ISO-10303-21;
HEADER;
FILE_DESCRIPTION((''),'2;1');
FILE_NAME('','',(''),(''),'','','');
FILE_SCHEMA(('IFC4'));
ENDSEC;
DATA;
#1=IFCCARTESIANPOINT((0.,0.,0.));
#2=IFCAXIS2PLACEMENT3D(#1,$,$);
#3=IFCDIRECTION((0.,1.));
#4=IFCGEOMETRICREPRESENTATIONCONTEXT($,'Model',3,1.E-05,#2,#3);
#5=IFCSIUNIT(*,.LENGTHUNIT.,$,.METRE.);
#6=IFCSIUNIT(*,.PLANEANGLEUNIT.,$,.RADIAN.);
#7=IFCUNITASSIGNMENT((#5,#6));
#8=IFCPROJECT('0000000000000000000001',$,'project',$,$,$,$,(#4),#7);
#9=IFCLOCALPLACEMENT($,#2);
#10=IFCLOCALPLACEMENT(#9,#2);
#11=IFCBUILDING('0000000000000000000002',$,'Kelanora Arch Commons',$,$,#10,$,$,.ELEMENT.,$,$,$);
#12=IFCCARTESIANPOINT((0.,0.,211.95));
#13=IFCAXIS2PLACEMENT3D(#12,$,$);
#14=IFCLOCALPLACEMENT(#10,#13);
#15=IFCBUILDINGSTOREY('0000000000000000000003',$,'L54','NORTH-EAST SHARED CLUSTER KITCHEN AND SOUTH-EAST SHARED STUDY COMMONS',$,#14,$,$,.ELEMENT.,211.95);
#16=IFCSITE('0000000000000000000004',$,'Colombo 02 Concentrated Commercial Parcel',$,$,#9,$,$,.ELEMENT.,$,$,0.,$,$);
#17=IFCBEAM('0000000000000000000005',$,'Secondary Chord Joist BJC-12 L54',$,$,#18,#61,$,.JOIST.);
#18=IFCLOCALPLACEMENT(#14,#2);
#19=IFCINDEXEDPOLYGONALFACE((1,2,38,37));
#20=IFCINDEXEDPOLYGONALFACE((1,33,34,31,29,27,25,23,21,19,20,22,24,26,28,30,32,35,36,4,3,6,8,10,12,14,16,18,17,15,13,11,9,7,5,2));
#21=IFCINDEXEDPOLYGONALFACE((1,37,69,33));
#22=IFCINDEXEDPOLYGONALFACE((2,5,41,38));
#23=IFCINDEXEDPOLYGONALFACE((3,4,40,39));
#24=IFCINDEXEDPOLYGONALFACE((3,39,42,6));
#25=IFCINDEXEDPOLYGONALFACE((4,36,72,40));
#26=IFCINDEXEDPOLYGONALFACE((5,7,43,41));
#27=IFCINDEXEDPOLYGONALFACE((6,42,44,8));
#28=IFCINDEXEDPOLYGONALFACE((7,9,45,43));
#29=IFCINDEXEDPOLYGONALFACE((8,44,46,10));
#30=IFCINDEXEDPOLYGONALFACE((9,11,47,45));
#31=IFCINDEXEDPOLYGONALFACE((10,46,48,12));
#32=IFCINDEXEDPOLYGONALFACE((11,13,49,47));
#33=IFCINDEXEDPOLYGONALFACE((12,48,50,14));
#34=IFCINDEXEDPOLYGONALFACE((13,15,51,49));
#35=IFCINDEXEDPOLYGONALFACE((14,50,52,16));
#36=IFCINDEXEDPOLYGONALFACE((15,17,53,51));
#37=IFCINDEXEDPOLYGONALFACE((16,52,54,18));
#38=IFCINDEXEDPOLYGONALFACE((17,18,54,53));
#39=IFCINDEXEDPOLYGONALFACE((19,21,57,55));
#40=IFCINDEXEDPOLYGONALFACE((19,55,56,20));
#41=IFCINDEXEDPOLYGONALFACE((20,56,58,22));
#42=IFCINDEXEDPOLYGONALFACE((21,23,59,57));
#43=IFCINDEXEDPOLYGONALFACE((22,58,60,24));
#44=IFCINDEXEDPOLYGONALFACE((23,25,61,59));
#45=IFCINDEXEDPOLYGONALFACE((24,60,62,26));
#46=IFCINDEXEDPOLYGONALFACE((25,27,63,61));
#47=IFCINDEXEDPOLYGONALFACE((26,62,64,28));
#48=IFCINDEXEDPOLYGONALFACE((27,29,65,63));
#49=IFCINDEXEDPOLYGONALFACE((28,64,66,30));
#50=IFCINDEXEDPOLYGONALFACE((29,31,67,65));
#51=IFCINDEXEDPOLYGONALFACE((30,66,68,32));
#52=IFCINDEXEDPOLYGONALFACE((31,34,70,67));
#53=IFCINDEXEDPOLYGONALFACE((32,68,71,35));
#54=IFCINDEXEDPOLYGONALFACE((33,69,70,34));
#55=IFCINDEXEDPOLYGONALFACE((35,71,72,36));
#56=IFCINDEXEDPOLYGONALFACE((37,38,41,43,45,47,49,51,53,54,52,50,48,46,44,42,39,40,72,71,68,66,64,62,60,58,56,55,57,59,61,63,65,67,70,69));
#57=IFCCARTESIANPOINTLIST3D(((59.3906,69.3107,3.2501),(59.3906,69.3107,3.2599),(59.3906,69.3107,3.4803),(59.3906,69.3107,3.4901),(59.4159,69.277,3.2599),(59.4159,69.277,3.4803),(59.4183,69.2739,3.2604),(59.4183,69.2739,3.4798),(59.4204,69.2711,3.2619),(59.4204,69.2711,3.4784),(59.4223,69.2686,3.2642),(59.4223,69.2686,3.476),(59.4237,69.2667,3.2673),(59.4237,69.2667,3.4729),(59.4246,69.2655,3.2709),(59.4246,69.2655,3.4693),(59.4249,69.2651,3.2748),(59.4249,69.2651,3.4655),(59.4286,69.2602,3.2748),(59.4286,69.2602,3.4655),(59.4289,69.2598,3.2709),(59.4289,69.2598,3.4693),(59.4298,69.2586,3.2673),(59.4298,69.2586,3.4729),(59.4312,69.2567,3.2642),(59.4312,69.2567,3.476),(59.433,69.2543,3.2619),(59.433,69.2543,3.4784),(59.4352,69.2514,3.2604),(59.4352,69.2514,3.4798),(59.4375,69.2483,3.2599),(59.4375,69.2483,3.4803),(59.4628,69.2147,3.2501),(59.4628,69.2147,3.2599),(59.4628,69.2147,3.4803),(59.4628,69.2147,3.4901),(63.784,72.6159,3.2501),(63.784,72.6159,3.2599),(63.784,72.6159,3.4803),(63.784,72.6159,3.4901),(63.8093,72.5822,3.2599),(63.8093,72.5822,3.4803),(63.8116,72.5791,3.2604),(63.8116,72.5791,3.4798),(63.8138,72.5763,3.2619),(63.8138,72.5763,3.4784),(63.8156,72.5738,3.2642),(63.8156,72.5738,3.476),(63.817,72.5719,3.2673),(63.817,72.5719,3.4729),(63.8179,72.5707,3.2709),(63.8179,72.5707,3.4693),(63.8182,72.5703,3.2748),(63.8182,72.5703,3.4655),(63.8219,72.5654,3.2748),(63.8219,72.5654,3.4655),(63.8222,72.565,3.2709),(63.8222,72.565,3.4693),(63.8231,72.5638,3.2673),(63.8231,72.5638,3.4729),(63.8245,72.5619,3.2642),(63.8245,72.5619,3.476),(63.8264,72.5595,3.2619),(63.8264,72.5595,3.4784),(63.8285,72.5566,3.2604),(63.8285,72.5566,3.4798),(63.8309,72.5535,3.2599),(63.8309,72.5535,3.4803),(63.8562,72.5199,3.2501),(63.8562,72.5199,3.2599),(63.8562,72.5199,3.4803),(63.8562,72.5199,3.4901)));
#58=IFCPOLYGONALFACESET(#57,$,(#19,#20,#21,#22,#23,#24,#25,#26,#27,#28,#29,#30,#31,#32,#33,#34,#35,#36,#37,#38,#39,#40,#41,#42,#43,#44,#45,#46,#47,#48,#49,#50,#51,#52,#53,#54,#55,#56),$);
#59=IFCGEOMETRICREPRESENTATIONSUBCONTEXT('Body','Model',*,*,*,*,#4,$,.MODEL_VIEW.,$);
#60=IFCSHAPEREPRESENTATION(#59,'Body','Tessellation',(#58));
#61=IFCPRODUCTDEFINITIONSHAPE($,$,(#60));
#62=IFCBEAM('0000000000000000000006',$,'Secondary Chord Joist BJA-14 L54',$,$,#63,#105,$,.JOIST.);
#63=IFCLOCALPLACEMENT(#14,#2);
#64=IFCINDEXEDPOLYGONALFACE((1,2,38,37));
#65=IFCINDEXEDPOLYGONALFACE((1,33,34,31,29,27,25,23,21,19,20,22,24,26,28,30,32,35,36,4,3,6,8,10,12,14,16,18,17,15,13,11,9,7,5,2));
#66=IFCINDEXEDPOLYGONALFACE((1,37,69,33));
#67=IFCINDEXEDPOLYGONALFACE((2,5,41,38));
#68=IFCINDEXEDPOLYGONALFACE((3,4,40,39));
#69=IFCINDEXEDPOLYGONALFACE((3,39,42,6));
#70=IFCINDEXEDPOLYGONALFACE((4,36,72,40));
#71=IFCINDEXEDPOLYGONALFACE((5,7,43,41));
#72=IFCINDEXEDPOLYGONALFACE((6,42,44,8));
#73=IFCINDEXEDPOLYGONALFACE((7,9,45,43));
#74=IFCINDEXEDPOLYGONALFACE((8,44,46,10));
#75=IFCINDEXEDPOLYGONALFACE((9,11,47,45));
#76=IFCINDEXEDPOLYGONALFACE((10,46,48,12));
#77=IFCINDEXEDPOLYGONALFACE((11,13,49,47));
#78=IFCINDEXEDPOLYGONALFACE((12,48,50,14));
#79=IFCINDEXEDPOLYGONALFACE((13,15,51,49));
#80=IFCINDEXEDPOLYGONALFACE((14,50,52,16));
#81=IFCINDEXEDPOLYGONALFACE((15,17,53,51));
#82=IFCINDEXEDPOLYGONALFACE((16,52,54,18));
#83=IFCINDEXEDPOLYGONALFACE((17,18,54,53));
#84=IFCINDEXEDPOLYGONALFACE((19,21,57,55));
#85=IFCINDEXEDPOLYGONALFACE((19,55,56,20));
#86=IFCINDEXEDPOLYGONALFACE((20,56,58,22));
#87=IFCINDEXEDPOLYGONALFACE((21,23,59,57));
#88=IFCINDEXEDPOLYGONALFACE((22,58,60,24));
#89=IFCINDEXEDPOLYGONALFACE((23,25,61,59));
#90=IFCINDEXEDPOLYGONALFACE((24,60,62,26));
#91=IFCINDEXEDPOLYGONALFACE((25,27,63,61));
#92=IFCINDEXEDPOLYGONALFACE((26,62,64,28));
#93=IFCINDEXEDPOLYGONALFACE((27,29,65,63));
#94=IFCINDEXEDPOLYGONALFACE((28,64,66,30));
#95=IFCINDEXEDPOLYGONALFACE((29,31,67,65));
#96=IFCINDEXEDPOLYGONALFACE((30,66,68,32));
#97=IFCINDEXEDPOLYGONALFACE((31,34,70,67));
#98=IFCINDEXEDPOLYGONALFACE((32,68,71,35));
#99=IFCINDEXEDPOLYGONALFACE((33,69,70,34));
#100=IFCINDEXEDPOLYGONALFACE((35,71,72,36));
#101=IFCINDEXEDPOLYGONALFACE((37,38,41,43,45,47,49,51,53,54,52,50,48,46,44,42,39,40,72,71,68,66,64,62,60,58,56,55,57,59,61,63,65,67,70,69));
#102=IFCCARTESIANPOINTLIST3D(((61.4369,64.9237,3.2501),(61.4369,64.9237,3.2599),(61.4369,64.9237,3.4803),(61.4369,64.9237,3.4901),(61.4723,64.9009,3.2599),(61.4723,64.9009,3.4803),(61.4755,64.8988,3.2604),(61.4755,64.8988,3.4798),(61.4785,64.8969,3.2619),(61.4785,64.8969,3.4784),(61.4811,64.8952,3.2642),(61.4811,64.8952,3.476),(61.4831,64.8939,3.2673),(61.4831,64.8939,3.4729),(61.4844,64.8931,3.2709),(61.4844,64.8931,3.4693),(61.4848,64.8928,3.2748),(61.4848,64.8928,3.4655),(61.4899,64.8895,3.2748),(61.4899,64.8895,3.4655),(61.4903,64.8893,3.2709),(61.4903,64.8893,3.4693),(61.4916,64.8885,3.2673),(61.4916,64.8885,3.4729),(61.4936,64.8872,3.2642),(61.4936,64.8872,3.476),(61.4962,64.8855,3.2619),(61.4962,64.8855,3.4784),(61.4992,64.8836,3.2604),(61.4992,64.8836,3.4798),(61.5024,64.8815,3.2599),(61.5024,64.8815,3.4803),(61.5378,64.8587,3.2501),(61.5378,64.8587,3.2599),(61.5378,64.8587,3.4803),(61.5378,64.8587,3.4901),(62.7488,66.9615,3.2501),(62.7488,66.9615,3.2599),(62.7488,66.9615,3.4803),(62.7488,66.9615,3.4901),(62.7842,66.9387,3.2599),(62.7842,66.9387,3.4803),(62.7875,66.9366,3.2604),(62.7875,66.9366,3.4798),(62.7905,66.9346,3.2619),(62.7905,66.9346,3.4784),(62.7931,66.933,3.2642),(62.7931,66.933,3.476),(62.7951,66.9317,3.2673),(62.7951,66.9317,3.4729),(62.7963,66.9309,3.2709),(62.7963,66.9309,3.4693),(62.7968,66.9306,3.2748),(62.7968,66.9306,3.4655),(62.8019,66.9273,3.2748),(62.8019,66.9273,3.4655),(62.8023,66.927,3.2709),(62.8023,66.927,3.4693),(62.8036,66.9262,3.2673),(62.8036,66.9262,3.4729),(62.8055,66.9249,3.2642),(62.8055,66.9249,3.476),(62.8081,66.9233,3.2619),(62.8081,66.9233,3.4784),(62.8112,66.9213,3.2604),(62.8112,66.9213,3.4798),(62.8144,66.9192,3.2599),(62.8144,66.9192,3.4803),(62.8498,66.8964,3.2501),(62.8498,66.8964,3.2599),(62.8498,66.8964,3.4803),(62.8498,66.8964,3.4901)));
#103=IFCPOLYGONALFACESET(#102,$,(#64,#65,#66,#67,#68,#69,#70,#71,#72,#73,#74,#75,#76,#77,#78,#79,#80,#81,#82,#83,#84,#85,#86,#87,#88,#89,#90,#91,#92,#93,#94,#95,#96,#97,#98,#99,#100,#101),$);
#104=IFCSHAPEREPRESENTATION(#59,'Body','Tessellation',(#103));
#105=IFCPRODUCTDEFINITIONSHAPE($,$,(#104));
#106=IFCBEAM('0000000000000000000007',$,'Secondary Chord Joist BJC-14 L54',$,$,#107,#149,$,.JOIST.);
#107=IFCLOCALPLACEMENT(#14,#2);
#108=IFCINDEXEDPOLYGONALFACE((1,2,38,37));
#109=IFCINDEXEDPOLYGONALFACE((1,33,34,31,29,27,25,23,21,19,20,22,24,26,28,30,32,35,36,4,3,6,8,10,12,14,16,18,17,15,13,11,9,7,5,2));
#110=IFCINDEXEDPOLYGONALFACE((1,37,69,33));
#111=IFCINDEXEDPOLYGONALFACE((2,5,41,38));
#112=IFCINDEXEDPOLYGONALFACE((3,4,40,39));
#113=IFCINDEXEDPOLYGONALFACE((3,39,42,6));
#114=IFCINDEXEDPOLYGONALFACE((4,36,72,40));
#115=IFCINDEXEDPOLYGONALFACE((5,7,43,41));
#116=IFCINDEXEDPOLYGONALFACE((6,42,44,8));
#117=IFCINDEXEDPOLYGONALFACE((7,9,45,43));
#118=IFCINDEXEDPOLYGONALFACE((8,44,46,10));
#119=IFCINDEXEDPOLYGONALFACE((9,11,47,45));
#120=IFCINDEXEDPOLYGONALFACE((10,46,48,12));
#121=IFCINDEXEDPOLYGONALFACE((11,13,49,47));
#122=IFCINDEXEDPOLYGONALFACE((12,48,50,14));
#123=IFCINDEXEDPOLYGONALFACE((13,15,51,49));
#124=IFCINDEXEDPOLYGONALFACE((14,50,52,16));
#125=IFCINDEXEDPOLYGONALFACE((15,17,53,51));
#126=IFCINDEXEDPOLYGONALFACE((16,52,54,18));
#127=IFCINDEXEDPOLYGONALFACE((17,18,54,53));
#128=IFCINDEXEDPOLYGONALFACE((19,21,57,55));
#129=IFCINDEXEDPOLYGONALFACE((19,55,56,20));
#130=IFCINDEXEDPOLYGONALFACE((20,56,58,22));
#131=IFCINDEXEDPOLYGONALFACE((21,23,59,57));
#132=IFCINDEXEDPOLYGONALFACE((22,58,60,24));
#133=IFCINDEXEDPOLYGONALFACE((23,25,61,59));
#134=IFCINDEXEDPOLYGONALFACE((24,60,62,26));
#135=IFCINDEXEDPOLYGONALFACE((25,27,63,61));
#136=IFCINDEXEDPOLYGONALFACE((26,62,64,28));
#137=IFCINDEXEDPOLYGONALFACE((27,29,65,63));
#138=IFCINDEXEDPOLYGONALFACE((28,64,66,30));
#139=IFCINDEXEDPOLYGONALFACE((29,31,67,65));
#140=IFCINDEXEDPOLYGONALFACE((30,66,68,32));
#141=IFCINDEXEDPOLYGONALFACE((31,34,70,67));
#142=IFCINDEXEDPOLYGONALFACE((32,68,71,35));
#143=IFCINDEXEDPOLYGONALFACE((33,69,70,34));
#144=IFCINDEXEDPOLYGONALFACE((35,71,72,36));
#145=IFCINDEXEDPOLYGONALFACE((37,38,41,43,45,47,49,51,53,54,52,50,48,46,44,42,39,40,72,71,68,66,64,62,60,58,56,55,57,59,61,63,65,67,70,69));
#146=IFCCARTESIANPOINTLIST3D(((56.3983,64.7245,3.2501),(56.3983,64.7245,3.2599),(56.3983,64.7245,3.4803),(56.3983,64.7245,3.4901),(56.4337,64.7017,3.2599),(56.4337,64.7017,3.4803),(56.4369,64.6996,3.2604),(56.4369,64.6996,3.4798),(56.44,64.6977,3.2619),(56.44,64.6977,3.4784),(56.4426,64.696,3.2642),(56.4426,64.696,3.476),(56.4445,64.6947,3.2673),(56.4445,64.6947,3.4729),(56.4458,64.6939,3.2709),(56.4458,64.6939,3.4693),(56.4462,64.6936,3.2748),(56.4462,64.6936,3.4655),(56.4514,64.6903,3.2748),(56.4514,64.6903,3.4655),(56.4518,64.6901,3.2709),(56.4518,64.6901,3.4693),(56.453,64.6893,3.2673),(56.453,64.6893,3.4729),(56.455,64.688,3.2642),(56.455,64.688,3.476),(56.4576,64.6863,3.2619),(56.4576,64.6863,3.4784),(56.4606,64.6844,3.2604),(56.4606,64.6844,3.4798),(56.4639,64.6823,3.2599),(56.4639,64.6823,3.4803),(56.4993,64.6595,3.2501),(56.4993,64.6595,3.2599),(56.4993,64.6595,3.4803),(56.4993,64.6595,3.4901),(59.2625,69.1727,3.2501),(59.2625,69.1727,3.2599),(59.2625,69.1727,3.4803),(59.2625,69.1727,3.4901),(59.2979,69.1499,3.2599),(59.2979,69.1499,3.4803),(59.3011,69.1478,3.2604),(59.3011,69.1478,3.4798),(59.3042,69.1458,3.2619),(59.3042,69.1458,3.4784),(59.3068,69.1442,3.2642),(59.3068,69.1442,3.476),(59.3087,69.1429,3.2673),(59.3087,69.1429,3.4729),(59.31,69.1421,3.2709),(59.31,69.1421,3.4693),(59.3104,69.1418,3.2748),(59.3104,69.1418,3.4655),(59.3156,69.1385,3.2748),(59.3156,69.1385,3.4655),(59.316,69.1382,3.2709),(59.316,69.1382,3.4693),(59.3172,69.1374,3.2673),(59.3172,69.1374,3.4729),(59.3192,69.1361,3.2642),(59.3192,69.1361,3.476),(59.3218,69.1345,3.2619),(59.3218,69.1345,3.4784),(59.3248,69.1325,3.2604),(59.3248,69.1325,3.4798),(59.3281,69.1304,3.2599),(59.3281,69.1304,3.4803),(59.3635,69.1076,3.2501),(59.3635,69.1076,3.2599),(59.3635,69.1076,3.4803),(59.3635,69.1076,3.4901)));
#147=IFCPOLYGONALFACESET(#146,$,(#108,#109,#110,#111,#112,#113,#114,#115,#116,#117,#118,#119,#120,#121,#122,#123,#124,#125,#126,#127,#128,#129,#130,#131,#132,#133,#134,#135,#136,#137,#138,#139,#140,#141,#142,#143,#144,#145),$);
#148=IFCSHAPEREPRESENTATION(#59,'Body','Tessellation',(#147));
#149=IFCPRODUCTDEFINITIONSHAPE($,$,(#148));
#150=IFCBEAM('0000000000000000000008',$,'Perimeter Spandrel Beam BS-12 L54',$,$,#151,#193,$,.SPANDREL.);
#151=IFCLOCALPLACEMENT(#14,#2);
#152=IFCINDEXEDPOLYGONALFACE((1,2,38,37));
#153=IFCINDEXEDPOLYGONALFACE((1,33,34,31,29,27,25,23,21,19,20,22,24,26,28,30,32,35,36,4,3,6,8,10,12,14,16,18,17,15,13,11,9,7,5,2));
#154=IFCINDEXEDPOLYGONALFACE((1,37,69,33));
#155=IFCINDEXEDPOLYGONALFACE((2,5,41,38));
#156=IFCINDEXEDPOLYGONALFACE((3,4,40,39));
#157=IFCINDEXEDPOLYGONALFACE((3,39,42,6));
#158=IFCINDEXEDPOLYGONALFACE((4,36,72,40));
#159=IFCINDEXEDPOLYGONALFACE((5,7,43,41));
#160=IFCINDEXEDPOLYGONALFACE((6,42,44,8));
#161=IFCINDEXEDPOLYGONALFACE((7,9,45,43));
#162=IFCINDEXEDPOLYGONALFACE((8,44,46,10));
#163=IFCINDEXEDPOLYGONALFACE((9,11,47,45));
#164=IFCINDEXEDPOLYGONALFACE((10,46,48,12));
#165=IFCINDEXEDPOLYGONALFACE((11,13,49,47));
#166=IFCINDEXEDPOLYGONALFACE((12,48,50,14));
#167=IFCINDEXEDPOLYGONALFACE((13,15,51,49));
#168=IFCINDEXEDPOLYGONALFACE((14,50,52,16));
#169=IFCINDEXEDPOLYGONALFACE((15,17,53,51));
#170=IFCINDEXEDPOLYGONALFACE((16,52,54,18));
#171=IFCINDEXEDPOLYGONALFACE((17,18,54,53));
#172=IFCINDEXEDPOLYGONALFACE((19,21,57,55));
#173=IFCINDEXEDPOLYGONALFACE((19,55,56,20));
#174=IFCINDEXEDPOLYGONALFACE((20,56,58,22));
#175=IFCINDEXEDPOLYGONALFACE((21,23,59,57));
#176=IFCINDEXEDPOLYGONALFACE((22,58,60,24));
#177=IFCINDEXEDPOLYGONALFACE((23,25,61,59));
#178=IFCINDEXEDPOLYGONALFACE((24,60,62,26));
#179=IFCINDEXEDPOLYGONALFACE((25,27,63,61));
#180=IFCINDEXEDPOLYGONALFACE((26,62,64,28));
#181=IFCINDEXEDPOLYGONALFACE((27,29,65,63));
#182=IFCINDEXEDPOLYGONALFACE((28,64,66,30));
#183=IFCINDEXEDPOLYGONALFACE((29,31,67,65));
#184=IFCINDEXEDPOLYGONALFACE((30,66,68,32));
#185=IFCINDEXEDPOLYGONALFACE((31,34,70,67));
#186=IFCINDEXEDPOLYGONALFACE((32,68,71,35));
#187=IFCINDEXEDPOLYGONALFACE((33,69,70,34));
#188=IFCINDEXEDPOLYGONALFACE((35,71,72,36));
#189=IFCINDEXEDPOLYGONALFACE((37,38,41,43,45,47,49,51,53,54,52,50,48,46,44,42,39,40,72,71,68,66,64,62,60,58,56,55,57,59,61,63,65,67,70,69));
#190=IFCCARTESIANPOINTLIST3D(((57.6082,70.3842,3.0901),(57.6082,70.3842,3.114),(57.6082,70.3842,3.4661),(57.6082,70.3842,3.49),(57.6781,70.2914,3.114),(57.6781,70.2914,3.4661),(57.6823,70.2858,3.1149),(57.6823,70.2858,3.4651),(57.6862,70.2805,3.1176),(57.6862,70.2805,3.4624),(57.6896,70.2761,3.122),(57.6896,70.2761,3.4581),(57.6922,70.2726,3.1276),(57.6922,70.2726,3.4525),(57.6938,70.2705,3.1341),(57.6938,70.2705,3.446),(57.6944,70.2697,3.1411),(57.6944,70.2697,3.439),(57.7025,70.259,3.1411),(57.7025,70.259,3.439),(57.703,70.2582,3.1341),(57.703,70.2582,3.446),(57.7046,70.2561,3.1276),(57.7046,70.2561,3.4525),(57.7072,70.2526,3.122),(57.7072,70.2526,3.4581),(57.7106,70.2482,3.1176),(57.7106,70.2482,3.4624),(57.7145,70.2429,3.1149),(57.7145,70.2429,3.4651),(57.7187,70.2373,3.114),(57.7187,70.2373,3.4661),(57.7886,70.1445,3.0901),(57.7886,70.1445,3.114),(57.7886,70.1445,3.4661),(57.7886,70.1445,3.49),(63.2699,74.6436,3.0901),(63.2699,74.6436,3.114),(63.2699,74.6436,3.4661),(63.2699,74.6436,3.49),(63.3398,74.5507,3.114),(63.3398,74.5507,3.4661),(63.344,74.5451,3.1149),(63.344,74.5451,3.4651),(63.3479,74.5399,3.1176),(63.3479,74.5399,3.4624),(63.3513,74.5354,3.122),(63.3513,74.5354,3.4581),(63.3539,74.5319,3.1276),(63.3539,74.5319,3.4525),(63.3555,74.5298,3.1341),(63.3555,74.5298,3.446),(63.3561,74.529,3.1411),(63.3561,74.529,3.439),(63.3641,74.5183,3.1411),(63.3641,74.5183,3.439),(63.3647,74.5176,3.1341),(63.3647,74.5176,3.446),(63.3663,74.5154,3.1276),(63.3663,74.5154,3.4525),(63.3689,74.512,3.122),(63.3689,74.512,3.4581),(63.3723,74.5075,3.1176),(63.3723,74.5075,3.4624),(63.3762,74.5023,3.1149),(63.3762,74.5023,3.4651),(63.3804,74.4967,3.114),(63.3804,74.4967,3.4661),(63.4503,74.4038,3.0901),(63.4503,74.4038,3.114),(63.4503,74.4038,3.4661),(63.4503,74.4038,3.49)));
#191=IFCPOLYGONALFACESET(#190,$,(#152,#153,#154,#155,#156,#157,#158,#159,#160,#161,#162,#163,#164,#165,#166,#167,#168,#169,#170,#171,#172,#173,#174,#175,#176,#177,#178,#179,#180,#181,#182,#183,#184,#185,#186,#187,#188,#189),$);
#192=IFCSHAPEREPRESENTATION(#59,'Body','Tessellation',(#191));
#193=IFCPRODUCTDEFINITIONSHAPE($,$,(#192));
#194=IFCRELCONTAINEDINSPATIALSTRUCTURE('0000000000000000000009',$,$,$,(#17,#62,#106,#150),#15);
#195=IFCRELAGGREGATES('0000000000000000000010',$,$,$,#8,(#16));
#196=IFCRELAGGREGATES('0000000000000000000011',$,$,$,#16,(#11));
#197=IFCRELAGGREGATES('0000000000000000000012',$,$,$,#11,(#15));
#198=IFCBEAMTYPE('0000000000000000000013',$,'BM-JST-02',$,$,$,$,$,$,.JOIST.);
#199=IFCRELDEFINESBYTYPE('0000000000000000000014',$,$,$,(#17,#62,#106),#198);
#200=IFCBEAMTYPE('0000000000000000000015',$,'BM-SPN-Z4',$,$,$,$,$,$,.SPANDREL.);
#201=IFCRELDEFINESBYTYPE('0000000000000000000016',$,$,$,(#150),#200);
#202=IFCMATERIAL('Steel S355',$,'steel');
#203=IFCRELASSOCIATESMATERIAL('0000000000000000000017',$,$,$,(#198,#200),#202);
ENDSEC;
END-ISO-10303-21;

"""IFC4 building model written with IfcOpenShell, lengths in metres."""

from ifc_helpers import new_model, si_unit, direction, frame, origin, origin_2d, place, context, subcontext, project, spatial, i_section, extrude, material, material_profile, profile_set, type_object, element, save


model = new_model("IFC4")

# Units and contexts
model_context = context("Model", 3, precision=1e-05, world=origin(), true_north=direction((0.0, 1.0)))
body_context = subcontext(model_context, "Body", "Model", "MODEL_VIEW")
ifc_project = project(units=[si_unit("LENGTHUNIT", "METRE"), si_unit("PLANEANGLEUNIT", "RADIAN")], contexts=[model_context])

# Site, building, storey
site_placement = place(None, origin())
site = spatial("IfcSite", under=ifc_project, at=site_placement, Name="Colombo 02 Concentrated Commercial Parcel", CompositionType="ELEMENT", RefElevation=0.0)
building_placement = place(site_placement, origin())
building = spatial("IfcBuilding", under=site, at=building_placement, Name="Kelanora Arch Commons", CompositionType="ELEMENT")
storey_placement = place(building_placement, frame((0.0, 0.0, 211.95)))
storey = spatial("IfcBuildingStorey", under=building, at=storey_placement, Name="L54", Description="NORTH-EAST SHARED CLUSTER KITCHEN AND SOUTH-EAST SHARED STUDY COMMONS", CompositionType="ELEMENT", Elevation=211.95)

# Beams
ifc_material_1 = material(Name="Steel S355", Category="steel")
ifc_material_profile_1 = material_profile(ifc_material_1, i_section(OverallWidth=0.1201, OverallDepth=0.24, WebThickness=0.0061, FlangeThickness=0.0098, FilletRadius=0.0149, at=origin_2d()), Name="IPE240")
ifc_profile_set_1 = profile_set([ifc_material_profile_1], Name="Steel S355")
beam_type_1 = type_object("IfcBeamType", Name="BM-JST-02", PredefinedType="JOIST", material=ifc_profile_set_1)
beam_1_placement = place(storey_placement, frame((63.8201, 72.5679, 3.3701), z_axis=(-0.799109, -0.601186, 0.0), x_axis=(0.601186, -0.799109, 0.0)))
element("IfcBeam", 1, at=beam_1_placement, inside=storey, type_object=beam_type_1, Name="Secondary Chord Joist BJC-12 L54", PredefinedType="JOIST", context=body_context, shape_type="SweptSolid", body=[
    extrude(i_section(OverallWidth=0.1201, OverallDepth=0.24, WebThickness=0.0061, FlangeThickness=0.0098, FilletRadius=0.0149, at=origin_2d()), origin(), (0.0, 0.0, 1.0), 5.4978),
])
beam_2_placement = place(storey_placement, frame((62.7993, 66.929, 3.3701), z_axis=(-0.541333, -0.840808, 0.0), x_axis=(0.840808, -0.541333, 0.0)))
element("IfcBeam", 2, at=beam_2_placement, inside=storey, type_object=beam_type_1, Name="Secondary Chord Joist BJA-14 L54", PredefinedType="JOIST", context=body_context, shape_type="SweptSolid", body=[
    extrude(i_section(OverallWidth=0.1201, OverallDepth=0.24, WebThickness=0.0061, FlangeThickness=0.0098, FilletRadius=0.0149, at=origin_2d()), origin(), (0.0, 0.0, 1.0), 2.4236),
])
beam_3_placement = place(storey_placement, frame((59.313, 69.1401, 3.3701), z_axis=(-0.541382, -0.840776, 0.0), x_axis=(0.840776, -0.541382, 0.0)))
element("IfcBeam", 3, at=beam_3_placement, inside=storey, type_object=beam_type_1, Name="Secondary Chord Joist BJC-14 L54", PredefinedType="JOIST", context=body_context, shape_type="SweptSolid", body=[
    extrude(i_section(OverallWidth=0.1201, OverallDepth=0.24, WebThickness=0.0061, FlangeThickness=0.0098, FilletRadius=0.0149, at=origin_2d()), origin(), (0.0, 0.0, 1.0), 5.2905),
])
ifc_material_profile_2 = material_profile(ifc_material_1, i_section(OverallWidth=0.3, OverallDepth=0.3999, WebThickness=0.0134, FlangeThickness=0.0239, FilletRadius=0.0271, at=origin_2d()), Name="HEB400")
ifc_profile_set_2 = profile_set([ifc_material_profile_2], Name="Steel S355")
beam_type_2 = type_object("IfcBeamType", Name="BM-SPN-Z4", PredefinedType="SPANDREL", material=ifc_profile_set_2)
beam_4_placement = place(storey_placement, frame((63.3601, 74.5237, 3.29), z_axis=(-0.799114, -0.601179, 0.0), x_axis=(0.601179, -0.799114, 0.0)))
element("IfcBeam", 4, at=beam_4_placement, inside=storey, type_object=beam_type_2, Name="Perimeter Spandrel Beam BS-12 L54", PredefinedType="SPANDREL", context=body_context, shape_type="SweptSolid", body=[
    extrude(i_section(OverallWidth=0.3, OverallDepth=0.3999, WebThickness=0.0134, FlangeThickness=0.0239, FilletRadius=0.0271, at=origin_2d()), origin(), (0.0, 0.0, 1.0), 7.085),
])

save(model, "model.ifc")
